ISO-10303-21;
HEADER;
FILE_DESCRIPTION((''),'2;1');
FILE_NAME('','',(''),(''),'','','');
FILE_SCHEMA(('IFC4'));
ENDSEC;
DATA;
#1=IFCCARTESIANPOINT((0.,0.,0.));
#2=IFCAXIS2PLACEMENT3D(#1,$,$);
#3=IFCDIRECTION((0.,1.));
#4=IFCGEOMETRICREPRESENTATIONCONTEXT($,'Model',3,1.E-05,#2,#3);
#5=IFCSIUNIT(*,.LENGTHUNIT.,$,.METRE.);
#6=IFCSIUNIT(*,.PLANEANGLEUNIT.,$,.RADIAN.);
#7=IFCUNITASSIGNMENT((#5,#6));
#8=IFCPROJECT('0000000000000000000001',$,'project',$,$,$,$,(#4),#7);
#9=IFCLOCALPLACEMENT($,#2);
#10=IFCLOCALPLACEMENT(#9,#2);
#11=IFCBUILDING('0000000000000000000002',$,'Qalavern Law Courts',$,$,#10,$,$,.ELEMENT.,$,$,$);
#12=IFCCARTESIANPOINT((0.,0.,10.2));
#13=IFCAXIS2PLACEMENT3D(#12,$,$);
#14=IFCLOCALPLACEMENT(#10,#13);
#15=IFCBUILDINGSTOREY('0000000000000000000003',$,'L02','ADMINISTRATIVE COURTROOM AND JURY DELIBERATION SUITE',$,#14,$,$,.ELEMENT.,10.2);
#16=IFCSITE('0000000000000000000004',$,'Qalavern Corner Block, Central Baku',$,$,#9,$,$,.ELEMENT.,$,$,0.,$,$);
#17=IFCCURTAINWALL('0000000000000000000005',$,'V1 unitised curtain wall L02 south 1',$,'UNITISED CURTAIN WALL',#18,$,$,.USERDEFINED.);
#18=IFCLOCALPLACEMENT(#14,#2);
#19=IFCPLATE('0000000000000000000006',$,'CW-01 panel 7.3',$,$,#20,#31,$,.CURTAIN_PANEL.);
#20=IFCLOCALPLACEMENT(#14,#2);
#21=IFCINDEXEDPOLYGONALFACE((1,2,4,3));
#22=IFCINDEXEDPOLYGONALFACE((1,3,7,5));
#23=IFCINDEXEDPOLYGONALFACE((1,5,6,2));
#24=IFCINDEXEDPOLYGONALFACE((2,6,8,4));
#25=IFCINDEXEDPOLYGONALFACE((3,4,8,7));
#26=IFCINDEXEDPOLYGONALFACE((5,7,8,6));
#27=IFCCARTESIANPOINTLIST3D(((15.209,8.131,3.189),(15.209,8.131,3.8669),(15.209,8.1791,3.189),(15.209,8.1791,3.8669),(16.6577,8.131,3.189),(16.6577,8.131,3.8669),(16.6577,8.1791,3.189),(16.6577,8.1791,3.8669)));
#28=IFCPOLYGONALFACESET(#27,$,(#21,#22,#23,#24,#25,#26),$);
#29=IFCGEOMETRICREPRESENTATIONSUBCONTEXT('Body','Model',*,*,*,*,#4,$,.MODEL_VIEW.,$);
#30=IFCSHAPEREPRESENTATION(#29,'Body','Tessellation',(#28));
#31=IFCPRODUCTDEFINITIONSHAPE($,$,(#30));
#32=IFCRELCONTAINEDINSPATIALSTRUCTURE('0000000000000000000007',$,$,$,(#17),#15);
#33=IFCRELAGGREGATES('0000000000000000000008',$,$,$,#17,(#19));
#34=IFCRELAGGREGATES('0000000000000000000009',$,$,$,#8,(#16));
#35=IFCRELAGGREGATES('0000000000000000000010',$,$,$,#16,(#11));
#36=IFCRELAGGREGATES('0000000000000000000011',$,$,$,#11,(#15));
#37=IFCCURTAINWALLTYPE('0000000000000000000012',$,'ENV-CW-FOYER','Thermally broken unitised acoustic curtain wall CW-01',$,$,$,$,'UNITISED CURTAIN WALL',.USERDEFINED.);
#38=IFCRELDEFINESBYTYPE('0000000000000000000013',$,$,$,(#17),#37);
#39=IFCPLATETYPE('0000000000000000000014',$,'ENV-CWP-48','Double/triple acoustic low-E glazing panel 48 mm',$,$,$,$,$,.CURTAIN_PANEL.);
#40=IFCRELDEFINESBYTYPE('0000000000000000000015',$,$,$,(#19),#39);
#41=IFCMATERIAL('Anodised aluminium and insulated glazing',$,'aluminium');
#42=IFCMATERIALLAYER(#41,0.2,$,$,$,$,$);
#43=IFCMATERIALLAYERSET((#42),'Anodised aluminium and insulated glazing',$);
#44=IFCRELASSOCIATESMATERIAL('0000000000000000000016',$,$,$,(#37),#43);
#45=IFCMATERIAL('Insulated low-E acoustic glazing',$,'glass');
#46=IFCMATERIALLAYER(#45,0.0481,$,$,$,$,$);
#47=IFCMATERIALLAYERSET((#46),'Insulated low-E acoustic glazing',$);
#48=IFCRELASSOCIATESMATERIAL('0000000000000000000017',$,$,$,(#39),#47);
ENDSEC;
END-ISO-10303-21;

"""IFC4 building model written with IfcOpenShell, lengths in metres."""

from ifc_helpers import new_model, si_unit, direction, frame, origin, origin_2d, place, context, subcontext, project, spatial, rectangle, extrude, material, layer, layer_set, type_object, element, aggregate, save


model = new_model("IFC4")

# Units and contexts
model_context = context("Model", 3, precision=1e-05, world=origin(), true_north=direction((0.0, 1.0)))
body_context = subcontext(model_context, "Body", "Model", "MODEL_VIEW")
ifc_project = project(units=[si_unit("LENGTHUNIT", "METRE"), si_unit("PLANEANGLEUNIT", "RADIAN")], contexts=[model_context])

# Site, building, storey
site_placement = place(None, origin())
site = spatial("IfcSite", under=ifc_project, at=site_placement, Name="Qalavern Corner Block, Central Baku", CompositionType="ELEMENT", RefElevation=0.0)
building_placement = place(site_placement, origin())
building = spatial("IfcBuilding", under=site, at=building_placement, Name="Qalavern Law Courts", CompositionType="ELEMENT")
storey_placement = place(building_placement, frame((0.0, 0.0, 10.2)))
storey = spatial("IfcBuildingStorey", under=building, at=storey_placement, Name="L02", Description="ADMINISTRATIVE COURTROOM AND JURY DELIBERATION SUITE", CompositionType="ELEMENT", Elevation=10.2)

# Curtain wall
ifc_material_1 = material(Name="Anodised aluminium and insulated glazing", Category="aluminium")
ifc_layer_1 = layer(ifc_material_1, 0.2)
ifc_layer_set_1 = layer_set([ifc_layer_1], Name="Anodised aluminium and insulated glazing")
curtain_wall_type = type_object("IfcCurtainWallType", Name="ENV-CW-FOYER", Description="Thermally broken unitised acoustic curtain wall CW-01", ElementType="UNITISED CURTAIN WALL", PredefinedType="USERDEFINED", material=ifc_layer_set_1)
curtain_wall_placement = place(storey_placement, origin())
curtain_wall = element("IfcCurtainWall", 1, at=curtain_wall_placement, inside=storey, type_object=curtain_wall_type, Name="V1 unitised curtain wall L02 south 1", ObjectType="UNITISED CURTAIN WALL", PredefinedType="USERDEFINED")

# Plate
ifc_material_2 = material(Name="Insulated low-E acoustic glazing", Category="glass")
ifc_layer_2 = layer(ifc_material_2, 0.0481)
ifc_layer_set_2 = layer_set([ifc_layer_2], Name="Insulated low-E acoustic glazing")
plate_type = type_object("IfcPlateType", Name="ENV-CWP-48", Description="Double/triple acoustic low-E glazing panel 48 mm", PredefinedType="CURTAIN_PANEL", material=ifc_layer_set_2)
plate_1_placement = place(storey_placement, frame((15.9333, 8.155, 3.189), z_axis=(0.0, 0.0, 1.0), x_axis=(1.0, 0.0, 0.0)))
plate_1 = element("IfcPlate", 2, at=plate_1_placement, type_object=plate_type, Name="CW-01 panel 7.3", PredefinedType="CURTAIN_PANEL", context=body_context, shape_type="SweptSolid", body=[
    extrude(rectangle(XDim=1.4487, YDim=0.0481, at=origin_2d()), origin(), (0.0, 0.0, 1.0), 0.678),
])
aggregate(curtain_wall, [plate_1])

save(model, "model.ifc")
